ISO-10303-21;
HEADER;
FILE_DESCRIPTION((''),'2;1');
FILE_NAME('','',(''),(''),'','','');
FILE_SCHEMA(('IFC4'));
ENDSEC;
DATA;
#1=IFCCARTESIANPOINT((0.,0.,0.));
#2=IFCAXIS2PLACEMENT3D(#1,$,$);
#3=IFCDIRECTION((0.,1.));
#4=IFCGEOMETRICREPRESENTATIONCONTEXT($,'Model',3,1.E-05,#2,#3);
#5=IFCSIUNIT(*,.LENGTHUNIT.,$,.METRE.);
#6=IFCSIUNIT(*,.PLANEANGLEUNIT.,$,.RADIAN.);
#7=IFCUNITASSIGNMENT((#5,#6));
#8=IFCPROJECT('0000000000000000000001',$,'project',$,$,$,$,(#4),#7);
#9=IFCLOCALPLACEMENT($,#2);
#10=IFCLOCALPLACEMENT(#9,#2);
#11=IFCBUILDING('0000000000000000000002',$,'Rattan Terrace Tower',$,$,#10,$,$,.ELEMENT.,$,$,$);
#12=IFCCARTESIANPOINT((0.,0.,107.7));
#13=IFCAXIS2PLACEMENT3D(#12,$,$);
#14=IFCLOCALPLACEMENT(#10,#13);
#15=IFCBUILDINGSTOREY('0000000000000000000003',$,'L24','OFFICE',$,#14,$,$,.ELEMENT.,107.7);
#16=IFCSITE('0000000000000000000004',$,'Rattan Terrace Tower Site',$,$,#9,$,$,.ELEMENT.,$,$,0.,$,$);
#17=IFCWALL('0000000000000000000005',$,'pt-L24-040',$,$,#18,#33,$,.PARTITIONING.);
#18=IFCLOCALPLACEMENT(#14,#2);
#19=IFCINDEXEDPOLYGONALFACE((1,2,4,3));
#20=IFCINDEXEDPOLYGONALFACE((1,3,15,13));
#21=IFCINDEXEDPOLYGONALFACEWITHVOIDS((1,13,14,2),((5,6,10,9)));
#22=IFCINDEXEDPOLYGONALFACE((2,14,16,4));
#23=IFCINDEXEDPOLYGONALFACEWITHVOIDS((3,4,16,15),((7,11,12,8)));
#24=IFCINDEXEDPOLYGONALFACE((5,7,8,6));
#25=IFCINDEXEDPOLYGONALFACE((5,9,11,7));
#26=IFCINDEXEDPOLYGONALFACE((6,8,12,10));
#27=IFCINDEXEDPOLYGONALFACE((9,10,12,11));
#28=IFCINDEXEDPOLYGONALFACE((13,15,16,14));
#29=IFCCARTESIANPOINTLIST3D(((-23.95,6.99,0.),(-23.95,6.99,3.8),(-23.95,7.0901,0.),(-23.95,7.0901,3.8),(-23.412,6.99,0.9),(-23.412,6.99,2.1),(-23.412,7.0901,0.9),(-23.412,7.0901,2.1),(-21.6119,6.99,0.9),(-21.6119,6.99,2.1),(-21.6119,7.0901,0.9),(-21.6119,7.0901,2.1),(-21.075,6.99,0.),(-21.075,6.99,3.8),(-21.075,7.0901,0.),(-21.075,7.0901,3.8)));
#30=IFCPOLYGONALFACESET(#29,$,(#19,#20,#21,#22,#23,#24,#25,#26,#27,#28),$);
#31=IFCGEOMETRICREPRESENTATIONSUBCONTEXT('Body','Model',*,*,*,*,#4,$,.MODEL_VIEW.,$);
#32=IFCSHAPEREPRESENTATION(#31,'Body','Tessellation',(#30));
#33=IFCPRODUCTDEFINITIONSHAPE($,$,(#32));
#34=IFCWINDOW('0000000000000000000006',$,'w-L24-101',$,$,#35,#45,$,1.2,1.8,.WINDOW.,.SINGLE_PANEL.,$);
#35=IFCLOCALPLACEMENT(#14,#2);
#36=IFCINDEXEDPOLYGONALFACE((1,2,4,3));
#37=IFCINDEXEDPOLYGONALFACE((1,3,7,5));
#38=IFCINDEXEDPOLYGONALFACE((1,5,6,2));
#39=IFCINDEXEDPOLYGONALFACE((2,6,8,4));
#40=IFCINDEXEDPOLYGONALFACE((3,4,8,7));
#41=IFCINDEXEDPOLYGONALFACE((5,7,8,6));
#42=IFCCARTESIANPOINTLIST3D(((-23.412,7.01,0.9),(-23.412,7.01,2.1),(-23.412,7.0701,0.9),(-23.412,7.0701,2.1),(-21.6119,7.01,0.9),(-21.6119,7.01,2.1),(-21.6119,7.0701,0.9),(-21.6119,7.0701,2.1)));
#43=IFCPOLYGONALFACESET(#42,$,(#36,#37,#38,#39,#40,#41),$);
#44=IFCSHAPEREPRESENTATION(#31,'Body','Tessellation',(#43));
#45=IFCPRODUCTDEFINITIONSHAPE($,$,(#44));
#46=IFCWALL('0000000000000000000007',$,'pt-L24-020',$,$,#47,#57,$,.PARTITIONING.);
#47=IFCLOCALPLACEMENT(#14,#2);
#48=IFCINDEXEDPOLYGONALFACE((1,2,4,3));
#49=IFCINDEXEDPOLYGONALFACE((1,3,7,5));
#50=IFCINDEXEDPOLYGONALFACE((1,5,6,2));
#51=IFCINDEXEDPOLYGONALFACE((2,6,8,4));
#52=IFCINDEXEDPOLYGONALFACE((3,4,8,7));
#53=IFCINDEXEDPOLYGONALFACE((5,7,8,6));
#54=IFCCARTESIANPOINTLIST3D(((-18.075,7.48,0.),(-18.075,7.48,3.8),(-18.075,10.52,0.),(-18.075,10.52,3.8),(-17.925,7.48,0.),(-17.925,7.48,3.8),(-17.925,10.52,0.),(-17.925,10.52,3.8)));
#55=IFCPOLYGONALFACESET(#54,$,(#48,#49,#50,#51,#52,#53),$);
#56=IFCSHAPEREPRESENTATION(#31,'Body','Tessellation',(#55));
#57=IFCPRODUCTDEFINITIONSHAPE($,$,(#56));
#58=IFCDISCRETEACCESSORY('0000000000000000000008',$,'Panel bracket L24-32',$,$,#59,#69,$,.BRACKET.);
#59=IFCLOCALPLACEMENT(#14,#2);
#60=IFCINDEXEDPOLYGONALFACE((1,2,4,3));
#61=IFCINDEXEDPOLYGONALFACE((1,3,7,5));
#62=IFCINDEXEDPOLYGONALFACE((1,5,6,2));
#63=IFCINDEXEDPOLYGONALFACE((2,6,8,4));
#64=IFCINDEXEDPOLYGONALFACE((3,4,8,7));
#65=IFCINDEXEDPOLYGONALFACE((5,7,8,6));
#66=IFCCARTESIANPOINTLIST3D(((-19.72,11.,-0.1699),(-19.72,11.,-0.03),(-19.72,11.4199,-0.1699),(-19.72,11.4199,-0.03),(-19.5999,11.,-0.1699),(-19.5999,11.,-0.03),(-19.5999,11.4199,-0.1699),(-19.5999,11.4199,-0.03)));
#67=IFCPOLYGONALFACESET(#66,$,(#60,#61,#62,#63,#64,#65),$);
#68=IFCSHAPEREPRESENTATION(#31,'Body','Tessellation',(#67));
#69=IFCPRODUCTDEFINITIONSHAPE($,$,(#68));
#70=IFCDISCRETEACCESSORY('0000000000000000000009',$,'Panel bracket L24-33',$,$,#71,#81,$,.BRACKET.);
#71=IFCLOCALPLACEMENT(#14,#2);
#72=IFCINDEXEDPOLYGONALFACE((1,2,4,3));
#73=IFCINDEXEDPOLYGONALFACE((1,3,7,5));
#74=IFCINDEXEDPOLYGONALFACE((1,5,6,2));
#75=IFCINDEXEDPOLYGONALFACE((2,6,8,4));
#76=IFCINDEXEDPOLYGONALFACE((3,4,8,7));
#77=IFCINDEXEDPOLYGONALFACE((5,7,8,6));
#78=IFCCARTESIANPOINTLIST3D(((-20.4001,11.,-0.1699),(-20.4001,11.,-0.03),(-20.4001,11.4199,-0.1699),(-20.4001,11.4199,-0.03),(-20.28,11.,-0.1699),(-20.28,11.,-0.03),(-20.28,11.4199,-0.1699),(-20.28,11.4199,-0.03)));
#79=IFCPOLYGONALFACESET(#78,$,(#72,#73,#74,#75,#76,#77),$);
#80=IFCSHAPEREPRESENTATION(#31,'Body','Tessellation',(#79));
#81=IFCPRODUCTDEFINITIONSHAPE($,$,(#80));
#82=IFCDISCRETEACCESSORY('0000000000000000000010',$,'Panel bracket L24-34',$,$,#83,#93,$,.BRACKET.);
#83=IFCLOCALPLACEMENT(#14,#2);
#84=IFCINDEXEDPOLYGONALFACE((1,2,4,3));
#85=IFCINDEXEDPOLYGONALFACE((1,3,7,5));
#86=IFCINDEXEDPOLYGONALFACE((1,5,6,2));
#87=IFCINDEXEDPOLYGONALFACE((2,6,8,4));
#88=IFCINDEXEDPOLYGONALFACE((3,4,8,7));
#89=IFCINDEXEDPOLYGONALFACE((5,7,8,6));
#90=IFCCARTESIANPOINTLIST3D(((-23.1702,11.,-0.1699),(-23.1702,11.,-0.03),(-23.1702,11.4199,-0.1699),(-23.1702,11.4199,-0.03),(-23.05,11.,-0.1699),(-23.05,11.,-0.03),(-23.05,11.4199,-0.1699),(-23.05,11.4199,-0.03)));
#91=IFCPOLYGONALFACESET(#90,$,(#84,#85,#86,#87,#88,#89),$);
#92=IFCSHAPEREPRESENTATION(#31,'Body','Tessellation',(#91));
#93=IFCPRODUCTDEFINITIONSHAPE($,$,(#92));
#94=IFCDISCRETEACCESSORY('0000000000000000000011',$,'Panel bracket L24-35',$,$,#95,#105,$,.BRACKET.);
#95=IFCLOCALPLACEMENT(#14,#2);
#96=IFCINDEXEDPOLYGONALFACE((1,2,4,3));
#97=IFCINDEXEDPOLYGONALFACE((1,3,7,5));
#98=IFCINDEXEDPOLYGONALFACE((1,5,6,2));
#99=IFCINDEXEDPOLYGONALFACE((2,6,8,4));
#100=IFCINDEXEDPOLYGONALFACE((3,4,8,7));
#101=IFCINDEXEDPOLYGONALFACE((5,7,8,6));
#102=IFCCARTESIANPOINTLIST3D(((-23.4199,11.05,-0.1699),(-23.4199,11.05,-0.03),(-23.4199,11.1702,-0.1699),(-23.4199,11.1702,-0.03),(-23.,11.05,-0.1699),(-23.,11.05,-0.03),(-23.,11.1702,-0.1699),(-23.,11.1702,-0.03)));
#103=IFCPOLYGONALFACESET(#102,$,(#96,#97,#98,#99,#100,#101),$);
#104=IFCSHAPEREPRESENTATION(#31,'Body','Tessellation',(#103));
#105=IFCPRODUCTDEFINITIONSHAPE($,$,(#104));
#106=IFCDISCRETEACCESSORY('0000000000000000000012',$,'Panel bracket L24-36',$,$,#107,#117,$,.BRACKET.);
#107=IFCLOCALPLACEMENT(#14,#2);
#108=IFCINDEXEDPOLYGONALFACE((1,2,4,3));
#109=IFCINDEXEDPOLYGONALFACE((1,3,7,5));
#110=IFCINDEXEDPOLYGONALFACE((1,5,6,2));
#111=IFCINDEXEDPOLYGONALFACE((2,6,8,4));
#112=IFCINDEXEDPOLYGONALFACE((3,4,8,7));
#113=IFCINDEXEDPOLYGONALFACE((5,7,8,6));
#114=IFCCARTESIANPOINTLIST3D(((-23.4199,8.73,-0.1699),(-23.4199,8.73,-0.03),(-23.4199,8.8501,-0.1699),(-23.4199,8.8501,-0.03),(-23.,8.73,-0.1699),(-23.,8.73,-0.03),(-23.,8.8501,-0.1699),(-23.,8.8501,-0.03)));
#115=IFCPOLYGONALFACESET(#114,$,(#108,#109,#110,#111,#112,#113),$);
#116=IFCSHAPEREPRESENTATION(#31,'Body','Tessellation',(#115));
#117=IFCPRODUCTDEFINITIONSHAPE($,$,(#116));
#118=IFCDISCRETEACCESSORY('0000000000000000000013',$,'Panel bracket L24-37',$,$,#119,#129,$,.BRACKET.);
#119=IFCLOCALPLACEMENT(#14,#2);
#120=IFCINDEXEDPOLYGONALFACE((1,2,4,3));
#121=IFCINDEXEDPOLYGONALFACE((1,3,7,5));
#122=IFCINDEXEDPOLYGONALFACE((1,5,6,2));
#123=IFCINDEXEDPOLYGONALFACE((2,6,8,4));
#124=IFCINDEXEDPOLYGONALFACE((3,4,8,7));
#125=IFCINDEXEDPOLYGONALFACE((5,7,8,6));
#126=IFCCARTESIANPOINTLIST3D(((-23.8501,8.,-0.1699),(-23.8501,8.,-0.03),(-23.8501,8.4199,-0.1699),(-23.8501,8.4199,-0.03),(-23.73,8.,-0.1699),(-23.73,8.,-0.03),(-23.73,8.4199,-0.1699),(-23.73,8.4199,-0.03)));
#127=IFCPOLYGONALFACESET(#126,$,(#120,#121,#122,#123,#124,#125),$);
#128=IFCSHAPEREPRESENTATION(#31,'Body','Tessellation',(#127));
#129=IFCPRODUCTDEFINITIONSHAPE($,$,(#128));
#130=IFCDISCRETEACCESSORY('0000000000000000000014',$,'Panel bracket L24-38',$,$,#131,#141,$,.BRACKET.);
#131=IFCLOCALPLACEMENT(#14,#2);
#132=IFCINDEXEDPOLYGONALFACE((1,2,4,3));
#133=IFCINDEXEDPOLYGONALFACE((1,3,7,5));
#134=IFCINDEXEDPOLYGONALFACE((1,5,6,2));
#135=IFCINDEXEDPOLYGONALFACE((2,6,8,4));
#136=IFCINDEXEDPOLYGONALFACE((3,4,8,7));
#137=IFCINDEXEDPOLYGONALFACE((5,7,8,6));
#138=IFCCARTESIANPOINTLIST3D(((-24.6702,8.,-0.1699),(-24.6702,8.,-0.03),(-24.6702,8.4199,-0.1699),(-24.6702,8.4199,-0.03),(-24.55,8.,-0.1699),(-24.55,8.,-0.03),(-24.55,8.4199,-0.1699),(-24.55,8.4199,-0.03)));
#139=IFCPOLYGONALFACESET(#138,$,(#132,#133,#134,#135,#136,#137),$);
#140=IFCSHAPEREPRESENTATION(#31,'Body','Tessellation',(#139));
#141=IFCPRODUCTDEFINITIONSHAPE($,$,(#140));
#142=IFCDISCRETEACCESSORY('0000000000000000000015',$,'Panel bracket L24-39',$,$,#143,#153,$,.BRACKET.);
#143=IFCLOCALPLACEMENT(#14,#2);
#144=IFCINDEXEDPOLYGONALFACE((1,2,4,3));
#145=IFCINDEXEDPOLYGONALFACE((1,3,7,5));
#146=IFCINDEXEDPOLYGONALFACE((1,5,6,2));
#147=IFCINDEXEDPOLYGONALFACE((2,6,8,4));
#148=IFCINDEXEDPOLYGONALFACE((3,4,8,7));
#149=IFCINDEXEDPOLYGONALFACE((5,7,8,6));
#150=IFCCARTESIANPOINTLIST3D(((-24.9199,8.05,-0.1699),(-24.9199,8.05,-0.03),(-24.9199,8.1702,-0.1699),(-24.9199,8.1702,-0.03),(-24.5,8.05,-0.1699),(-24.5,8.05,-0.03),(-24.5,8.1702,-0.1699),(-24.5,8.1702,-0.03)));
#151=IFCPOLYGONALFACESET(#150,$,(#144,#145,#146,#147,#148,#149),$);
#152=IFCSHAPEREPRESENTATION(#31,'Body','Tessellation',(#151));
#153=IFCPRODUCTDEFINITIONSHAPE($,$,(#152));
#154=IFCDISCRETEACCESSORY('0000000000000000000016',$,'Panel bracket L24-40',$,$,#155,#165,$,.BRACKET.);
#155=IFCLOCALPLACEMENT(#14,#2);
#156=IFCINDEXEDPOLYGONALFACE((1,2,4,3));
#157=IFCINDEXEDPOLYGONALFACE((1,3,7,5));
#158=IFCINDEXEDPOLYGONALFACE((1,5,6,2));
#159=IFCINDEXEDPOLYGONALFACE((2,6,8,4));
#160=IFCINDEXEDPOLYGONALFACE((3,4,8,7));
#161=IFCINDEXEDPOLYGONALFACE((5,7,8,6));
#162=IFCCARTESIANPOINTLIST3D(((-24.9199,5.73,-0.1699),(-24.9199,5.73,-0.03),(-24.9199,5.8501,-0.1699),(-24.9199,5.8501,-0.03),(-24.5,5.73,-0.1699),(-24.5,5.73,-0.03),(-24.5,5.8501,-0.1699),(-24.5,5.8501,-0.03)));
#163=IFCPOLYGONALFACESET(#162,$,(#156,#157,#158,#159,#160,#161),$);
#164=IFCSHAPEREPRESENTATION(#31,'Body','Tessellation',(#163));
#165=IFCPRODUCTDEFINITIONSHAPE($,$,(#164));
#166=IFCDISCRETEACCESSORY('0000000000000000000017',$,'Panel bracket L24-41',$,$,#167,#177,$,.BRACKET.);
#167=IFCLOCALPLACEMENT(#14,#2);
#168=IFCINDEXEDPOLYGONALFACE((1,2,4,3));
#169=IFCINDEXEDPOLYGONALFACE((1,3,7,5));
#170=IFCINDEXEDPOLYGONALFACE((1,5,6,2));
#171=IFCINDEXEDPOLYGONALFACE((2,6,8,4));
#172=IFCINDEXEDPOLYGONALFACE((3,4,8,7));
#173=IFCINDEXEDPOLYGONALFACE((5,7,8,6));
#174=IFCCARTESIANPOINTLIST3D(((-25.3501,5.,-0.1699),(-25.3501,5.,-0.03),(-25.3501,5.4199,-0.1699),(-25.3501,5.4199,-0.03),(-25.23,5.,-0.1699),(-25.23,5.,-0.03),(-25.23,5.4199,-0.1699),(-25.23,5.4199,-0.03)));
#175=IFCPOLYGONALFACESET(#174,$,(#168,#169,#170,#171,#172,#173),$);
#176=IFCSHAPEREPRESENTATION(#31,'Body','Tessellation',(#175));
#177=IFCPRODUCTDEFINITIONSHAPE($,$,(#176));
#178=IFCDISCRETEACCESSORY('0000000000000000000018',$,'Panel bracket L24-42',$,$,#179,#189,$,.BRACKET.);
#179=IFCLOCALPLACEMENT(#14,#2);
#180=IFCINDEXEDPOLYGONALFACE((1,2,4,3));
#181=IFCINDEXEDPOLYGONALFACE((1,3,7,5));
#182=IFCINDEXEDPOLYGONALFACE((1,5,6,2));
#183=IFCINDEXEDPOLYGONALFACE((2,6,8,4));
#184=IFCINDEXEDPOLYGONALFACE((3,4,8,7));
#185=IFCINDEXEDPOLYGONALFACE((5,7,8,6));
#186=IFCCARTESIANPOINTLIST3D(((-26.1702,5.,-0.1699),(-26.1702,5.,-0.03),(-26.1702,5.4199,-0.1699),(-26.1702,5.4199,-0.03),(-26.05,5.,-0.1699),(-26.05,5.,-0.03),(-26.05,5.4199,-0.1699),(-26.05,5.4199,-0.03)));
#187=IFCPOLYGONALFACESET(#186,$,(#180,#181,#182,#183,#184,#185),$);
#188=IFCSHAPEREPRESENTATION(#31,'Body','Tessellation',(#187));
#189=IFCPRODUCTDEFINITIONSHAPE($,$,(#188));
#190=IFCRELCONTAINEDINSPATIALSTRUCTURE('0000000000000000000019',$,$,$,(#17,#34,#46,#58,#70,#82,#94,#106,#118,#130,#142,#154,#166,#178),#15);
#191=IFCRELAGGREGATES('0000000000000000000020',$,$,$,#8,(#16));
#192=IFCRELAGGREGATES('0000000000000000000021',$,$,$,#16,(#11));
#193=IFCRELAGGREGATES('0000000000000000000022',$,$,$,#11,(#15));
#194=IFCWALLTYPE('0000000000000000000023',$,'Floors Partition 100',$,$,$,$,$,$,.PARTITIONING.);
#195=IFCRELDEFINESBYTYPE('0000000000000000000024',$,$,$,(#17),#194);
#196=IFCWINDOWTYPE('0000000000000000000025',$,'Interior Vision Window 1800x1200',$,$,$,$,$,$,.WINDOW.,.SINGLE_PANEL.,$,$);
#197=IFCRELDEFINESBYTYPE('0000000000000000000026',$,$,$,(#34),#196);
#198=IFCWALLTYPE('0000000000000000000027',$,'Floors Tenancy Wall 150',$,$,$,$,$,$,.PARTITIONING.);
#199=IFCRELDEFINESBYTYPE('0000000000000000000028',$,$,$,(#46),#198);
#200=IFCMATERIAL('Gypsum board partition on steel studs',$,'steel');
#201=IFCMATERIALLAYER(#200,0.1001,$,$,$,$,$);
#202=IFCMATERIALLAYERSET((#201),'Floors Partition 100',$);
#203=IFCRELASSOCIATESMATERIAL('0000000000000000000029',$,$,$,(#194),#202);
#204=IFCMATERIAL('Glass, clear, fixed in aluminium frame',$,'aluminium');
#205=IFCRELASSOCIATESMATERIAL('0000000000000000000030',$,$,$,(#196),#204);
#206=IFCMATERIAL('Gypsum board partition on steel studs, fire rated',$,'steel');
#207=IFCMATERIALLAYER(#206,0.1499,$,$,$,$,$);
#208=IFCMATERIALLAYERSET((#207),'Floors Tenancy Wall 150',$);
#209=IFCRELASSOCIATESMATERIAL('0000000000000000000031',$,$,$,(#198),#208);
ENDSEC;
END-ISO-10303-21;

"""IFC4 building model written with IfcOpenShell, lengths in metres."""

from ifc_helpers import new_model, si_unit, direction, frame, frame_2d, origin, origin_2d, place, context, subcontext, project, spatial, rectangle, extrude, material, layer, layer_set, type_object, element, fill, save


model = new_model("IFC4")

# Units and contexts
model_context = context("Model", 3, precision=1e-05, world=origin(), true_north=direction((0.0, 1.0)))
body_context = subcontext(model_context, "Body", "Model", "MODEL_VIEW")
ifc_project = project(units=[si_unit("LENGTHUNIT", "METRE"), si_unit("PLANEANGLEUNIT", "RADIAN")], contexts=[model_context])

# Site, building, storey
site_placement = place(None, origin())
site = spatial("IfcSite", under=ifc_project, at=site_placement, Name="Rattan Terrace Tower Site", CompositionType="ELEMENT", RefElevation=0.0)
building_placement = place(site_placement, origin())
building = spatial("IfcBuilding", under=site, at=building_placement, Name="Rattan Terrace Tower", CompositionType="ELEMENT")
storey_placement = place(building_placement, frame((0.0, 0.0, 107.7)))
storey = spatial("IfcBuildingStorey", under=building, at=storey_placement, Name="L24", Description="OFFICE", CompositionType="ELEMENT", Elevation=107.7)

# Shared definitions
ifc_material_1 = material(Name="Gypsum board partition on steel studs", Category="steel")
ifc_layer_1 = layer(ifc_material_1, 0.1001)
ifc_layer_set_1 = layer_set([ifc_layer_1], Name="Floors Partition 100")
wall_type_1 = type_object("IfcWallType", Name="Floors Partition 100", PredefinedType="PARTITIONING", material=ifc_layer_set_1)

# Wall, opening, window
wall_1_placement = place(storey_placement, frame((-21.075, 7.04, 0.0), z_axis=(0.0, 0.0, 1.0), x_axis=(-1.0, 0.0, 0.0)))
wall_1 = element("IfcWall", 1, at=wall_1_placement, inside=storey, type_object=wall_type_1, Name="pt-L24-040", PredefinedType="PARTITIONING", context=body_context, shape_type="SweptSolid", body=[
    extrude(rectangle(XDim=2.875, YDim=0.1001, at=frame_2d((1.4375, 0.0))), origin(), (0.0, 0.0, 1.0), 3.8),
])
opening_1_placement = place(wall_1_placement, frame((0.5371, 0.0, 0.8999)))
opening_1 = element("IfcOpeningElement", 2, at=opening_1_placement, cuts=wall_1, PredefinedType="OPENING", context=body_context, shape_type="SweptSolid", body=[
    extrude(rectangle(XDim=1.8, YDim=1.2, at=frame_2d((0.8999, 0.6001))), frame((0.0, 0.0605, 0.0), z_axis=(0.0, -1.0, 0.0), x_axis=(1.0, 0.0, 0.0)), (0.0, 0.0, 1.0), 0.1211),
])
ifc_material_2 = material(Name="Glass, clear, fixed in aluminium frame", Category="aluminium")
window_type_1 = type_object("IfcWindowType", Name="Interior Vision Window 1800x1200", PartitioningType="SINGLE_PANEL", PredefinedType="WINDOW", material=ifc_material_2)
window_1_placement = place(opening_1_placement, origin())
window_1 = element("IfcWindow", 3, at=window_1_placement, inside=storey, type_object=window_type_1, Name="w-L24-101", OverallHeight=1.2, OverallWidth=1.8, PartitioningType="SINGLE_PANEL", PredefinedType="WINDOW", context=body_context, shape_type="SweptSolid", body=[
    extrude(rectangle(XDim=1.8, YDim=1.2, at=frame_2d((0.8999, 0.6001))), frame((0.0, 0.03, 0.0), z_axis=(0.0, -1.0, 0.0), x_axis=(1.0, 0.0, 0.0)), (0.0, 0.0, 1.0), 0.0601),
])
fill(opening_1, window_1)

# Wall
ifc_material_3 = material(Name="Gypsum board partition on steel studs, fire rated", Category="steel")
ifc_layer_2 = layer(ifc_material_3, 0.1499)
ifc_layer_set_2 = layer_set([ifc_layer_2], Name="Floors Tenancy Wall 150")
wall_type_2 = type_object("IfcWallType", Name="Floors Tenancy Wall 150", PredefinedType="PARTITIONING", material=ifc_layer_set_2)
wall_2_placement = place(storey_placement, frame((-18.0, 10.52, 0.0), z_axis=(0.0, 0.0, 1.0), x_axis=(0.0, -1.0, 0.0)))
element("IfcWall", 4, at=wall_2_placement, inside=storey, type_object=wall_type_2, Name="pt-L24-020", PredefinedType="PARTITIONING", context=body_context, shape_type="SweptSolid", body=[
    extrude(rectangle(XDim=3.04, YDim=0.1499, at=frame_2d((1.52, 0.0))), origin(), (0.0, 0.0, 1.0), 3.8),
])

# Discrete accessories
for number, where, z_axis, x_axis, name in (
    (5, (-19.6599, 11.21, -0.1699), (0.0, 0.0, 1.0), (-1.0, 0.0, 0.0), "Panel bracket L24-32"),
    (6, (-20.3401, 11.21, -0.1699), (0.0, 0.0, 1.0), (-1.0, 0.0, 0.0), "Panel bracket L24-33"),
    (7, (-23.1101, 11.21, -0.1699), (0.0, 0.0, 1.0), (-1.0, 0.0, 0.0), "Panel bracket L24-34"),
    (8, (-23.21, 11.1101, -0.1699), (0.0, 0.0, 1.0), (0.0, -1.0, 0.0), "Panel bracket L24-35"),
    (9, (-23.21, 8.79, -0.1699), (0.0, 0.0, 1.0), (0.0, -1.0, 0.0), "Panel bracket L24-36"),
    (10, (-23.79, 8.21, -0.1699), (0.0, 0.0, 1.0), (-1.0, 0.0, 0.0), "Panel bracket L24-37"),
    (11, (-24.6101, 8.21, -0.1699), (0.0, 0.0, 1.0), (-1.0, 0.0, 0.0), "Panel bracket L24-38"),
    (12, (-24.71, 8.1101, -0.1699), (0.0, 0.0, 1.0), (0.0, -1.0, 0.0), "Panel bracket L24-39"),
    (13, (-24.71, 5.79, -0.1699), (0.0, 0.0, 1.0), (0.0, -1.0, 0.0), "Panel bracket L24-40"),
    (14, (-25.29, 5.21, -0.1699), (0.0, 0.0, 1.0), (-1.0, 0.0, 0.0), "Panel bracket L24-41"),
    (15, (-26.1101, 5.21, -0.1699), (0.0, 0.0, 1.0), (-1.0, 0.0, 0.0), "Panel bracket L24-42"),
):
    element("IfcDiscreteAccessory", number, at=place(storey_placement, frame(where, z_axis=z_axis, x_axis=x_axis)), inside=storey, Name=name, PredefinedType="BRACKET", context=body_context, shape_type="SweptSolid", body=[
        extrude(rectangle(XDim=0.1201, YDim=0.4199, at=origin_2d()), origin(), (0.0, 0.0, 1.0), 0.1399),
    ])

save(model, "model.ifc")
